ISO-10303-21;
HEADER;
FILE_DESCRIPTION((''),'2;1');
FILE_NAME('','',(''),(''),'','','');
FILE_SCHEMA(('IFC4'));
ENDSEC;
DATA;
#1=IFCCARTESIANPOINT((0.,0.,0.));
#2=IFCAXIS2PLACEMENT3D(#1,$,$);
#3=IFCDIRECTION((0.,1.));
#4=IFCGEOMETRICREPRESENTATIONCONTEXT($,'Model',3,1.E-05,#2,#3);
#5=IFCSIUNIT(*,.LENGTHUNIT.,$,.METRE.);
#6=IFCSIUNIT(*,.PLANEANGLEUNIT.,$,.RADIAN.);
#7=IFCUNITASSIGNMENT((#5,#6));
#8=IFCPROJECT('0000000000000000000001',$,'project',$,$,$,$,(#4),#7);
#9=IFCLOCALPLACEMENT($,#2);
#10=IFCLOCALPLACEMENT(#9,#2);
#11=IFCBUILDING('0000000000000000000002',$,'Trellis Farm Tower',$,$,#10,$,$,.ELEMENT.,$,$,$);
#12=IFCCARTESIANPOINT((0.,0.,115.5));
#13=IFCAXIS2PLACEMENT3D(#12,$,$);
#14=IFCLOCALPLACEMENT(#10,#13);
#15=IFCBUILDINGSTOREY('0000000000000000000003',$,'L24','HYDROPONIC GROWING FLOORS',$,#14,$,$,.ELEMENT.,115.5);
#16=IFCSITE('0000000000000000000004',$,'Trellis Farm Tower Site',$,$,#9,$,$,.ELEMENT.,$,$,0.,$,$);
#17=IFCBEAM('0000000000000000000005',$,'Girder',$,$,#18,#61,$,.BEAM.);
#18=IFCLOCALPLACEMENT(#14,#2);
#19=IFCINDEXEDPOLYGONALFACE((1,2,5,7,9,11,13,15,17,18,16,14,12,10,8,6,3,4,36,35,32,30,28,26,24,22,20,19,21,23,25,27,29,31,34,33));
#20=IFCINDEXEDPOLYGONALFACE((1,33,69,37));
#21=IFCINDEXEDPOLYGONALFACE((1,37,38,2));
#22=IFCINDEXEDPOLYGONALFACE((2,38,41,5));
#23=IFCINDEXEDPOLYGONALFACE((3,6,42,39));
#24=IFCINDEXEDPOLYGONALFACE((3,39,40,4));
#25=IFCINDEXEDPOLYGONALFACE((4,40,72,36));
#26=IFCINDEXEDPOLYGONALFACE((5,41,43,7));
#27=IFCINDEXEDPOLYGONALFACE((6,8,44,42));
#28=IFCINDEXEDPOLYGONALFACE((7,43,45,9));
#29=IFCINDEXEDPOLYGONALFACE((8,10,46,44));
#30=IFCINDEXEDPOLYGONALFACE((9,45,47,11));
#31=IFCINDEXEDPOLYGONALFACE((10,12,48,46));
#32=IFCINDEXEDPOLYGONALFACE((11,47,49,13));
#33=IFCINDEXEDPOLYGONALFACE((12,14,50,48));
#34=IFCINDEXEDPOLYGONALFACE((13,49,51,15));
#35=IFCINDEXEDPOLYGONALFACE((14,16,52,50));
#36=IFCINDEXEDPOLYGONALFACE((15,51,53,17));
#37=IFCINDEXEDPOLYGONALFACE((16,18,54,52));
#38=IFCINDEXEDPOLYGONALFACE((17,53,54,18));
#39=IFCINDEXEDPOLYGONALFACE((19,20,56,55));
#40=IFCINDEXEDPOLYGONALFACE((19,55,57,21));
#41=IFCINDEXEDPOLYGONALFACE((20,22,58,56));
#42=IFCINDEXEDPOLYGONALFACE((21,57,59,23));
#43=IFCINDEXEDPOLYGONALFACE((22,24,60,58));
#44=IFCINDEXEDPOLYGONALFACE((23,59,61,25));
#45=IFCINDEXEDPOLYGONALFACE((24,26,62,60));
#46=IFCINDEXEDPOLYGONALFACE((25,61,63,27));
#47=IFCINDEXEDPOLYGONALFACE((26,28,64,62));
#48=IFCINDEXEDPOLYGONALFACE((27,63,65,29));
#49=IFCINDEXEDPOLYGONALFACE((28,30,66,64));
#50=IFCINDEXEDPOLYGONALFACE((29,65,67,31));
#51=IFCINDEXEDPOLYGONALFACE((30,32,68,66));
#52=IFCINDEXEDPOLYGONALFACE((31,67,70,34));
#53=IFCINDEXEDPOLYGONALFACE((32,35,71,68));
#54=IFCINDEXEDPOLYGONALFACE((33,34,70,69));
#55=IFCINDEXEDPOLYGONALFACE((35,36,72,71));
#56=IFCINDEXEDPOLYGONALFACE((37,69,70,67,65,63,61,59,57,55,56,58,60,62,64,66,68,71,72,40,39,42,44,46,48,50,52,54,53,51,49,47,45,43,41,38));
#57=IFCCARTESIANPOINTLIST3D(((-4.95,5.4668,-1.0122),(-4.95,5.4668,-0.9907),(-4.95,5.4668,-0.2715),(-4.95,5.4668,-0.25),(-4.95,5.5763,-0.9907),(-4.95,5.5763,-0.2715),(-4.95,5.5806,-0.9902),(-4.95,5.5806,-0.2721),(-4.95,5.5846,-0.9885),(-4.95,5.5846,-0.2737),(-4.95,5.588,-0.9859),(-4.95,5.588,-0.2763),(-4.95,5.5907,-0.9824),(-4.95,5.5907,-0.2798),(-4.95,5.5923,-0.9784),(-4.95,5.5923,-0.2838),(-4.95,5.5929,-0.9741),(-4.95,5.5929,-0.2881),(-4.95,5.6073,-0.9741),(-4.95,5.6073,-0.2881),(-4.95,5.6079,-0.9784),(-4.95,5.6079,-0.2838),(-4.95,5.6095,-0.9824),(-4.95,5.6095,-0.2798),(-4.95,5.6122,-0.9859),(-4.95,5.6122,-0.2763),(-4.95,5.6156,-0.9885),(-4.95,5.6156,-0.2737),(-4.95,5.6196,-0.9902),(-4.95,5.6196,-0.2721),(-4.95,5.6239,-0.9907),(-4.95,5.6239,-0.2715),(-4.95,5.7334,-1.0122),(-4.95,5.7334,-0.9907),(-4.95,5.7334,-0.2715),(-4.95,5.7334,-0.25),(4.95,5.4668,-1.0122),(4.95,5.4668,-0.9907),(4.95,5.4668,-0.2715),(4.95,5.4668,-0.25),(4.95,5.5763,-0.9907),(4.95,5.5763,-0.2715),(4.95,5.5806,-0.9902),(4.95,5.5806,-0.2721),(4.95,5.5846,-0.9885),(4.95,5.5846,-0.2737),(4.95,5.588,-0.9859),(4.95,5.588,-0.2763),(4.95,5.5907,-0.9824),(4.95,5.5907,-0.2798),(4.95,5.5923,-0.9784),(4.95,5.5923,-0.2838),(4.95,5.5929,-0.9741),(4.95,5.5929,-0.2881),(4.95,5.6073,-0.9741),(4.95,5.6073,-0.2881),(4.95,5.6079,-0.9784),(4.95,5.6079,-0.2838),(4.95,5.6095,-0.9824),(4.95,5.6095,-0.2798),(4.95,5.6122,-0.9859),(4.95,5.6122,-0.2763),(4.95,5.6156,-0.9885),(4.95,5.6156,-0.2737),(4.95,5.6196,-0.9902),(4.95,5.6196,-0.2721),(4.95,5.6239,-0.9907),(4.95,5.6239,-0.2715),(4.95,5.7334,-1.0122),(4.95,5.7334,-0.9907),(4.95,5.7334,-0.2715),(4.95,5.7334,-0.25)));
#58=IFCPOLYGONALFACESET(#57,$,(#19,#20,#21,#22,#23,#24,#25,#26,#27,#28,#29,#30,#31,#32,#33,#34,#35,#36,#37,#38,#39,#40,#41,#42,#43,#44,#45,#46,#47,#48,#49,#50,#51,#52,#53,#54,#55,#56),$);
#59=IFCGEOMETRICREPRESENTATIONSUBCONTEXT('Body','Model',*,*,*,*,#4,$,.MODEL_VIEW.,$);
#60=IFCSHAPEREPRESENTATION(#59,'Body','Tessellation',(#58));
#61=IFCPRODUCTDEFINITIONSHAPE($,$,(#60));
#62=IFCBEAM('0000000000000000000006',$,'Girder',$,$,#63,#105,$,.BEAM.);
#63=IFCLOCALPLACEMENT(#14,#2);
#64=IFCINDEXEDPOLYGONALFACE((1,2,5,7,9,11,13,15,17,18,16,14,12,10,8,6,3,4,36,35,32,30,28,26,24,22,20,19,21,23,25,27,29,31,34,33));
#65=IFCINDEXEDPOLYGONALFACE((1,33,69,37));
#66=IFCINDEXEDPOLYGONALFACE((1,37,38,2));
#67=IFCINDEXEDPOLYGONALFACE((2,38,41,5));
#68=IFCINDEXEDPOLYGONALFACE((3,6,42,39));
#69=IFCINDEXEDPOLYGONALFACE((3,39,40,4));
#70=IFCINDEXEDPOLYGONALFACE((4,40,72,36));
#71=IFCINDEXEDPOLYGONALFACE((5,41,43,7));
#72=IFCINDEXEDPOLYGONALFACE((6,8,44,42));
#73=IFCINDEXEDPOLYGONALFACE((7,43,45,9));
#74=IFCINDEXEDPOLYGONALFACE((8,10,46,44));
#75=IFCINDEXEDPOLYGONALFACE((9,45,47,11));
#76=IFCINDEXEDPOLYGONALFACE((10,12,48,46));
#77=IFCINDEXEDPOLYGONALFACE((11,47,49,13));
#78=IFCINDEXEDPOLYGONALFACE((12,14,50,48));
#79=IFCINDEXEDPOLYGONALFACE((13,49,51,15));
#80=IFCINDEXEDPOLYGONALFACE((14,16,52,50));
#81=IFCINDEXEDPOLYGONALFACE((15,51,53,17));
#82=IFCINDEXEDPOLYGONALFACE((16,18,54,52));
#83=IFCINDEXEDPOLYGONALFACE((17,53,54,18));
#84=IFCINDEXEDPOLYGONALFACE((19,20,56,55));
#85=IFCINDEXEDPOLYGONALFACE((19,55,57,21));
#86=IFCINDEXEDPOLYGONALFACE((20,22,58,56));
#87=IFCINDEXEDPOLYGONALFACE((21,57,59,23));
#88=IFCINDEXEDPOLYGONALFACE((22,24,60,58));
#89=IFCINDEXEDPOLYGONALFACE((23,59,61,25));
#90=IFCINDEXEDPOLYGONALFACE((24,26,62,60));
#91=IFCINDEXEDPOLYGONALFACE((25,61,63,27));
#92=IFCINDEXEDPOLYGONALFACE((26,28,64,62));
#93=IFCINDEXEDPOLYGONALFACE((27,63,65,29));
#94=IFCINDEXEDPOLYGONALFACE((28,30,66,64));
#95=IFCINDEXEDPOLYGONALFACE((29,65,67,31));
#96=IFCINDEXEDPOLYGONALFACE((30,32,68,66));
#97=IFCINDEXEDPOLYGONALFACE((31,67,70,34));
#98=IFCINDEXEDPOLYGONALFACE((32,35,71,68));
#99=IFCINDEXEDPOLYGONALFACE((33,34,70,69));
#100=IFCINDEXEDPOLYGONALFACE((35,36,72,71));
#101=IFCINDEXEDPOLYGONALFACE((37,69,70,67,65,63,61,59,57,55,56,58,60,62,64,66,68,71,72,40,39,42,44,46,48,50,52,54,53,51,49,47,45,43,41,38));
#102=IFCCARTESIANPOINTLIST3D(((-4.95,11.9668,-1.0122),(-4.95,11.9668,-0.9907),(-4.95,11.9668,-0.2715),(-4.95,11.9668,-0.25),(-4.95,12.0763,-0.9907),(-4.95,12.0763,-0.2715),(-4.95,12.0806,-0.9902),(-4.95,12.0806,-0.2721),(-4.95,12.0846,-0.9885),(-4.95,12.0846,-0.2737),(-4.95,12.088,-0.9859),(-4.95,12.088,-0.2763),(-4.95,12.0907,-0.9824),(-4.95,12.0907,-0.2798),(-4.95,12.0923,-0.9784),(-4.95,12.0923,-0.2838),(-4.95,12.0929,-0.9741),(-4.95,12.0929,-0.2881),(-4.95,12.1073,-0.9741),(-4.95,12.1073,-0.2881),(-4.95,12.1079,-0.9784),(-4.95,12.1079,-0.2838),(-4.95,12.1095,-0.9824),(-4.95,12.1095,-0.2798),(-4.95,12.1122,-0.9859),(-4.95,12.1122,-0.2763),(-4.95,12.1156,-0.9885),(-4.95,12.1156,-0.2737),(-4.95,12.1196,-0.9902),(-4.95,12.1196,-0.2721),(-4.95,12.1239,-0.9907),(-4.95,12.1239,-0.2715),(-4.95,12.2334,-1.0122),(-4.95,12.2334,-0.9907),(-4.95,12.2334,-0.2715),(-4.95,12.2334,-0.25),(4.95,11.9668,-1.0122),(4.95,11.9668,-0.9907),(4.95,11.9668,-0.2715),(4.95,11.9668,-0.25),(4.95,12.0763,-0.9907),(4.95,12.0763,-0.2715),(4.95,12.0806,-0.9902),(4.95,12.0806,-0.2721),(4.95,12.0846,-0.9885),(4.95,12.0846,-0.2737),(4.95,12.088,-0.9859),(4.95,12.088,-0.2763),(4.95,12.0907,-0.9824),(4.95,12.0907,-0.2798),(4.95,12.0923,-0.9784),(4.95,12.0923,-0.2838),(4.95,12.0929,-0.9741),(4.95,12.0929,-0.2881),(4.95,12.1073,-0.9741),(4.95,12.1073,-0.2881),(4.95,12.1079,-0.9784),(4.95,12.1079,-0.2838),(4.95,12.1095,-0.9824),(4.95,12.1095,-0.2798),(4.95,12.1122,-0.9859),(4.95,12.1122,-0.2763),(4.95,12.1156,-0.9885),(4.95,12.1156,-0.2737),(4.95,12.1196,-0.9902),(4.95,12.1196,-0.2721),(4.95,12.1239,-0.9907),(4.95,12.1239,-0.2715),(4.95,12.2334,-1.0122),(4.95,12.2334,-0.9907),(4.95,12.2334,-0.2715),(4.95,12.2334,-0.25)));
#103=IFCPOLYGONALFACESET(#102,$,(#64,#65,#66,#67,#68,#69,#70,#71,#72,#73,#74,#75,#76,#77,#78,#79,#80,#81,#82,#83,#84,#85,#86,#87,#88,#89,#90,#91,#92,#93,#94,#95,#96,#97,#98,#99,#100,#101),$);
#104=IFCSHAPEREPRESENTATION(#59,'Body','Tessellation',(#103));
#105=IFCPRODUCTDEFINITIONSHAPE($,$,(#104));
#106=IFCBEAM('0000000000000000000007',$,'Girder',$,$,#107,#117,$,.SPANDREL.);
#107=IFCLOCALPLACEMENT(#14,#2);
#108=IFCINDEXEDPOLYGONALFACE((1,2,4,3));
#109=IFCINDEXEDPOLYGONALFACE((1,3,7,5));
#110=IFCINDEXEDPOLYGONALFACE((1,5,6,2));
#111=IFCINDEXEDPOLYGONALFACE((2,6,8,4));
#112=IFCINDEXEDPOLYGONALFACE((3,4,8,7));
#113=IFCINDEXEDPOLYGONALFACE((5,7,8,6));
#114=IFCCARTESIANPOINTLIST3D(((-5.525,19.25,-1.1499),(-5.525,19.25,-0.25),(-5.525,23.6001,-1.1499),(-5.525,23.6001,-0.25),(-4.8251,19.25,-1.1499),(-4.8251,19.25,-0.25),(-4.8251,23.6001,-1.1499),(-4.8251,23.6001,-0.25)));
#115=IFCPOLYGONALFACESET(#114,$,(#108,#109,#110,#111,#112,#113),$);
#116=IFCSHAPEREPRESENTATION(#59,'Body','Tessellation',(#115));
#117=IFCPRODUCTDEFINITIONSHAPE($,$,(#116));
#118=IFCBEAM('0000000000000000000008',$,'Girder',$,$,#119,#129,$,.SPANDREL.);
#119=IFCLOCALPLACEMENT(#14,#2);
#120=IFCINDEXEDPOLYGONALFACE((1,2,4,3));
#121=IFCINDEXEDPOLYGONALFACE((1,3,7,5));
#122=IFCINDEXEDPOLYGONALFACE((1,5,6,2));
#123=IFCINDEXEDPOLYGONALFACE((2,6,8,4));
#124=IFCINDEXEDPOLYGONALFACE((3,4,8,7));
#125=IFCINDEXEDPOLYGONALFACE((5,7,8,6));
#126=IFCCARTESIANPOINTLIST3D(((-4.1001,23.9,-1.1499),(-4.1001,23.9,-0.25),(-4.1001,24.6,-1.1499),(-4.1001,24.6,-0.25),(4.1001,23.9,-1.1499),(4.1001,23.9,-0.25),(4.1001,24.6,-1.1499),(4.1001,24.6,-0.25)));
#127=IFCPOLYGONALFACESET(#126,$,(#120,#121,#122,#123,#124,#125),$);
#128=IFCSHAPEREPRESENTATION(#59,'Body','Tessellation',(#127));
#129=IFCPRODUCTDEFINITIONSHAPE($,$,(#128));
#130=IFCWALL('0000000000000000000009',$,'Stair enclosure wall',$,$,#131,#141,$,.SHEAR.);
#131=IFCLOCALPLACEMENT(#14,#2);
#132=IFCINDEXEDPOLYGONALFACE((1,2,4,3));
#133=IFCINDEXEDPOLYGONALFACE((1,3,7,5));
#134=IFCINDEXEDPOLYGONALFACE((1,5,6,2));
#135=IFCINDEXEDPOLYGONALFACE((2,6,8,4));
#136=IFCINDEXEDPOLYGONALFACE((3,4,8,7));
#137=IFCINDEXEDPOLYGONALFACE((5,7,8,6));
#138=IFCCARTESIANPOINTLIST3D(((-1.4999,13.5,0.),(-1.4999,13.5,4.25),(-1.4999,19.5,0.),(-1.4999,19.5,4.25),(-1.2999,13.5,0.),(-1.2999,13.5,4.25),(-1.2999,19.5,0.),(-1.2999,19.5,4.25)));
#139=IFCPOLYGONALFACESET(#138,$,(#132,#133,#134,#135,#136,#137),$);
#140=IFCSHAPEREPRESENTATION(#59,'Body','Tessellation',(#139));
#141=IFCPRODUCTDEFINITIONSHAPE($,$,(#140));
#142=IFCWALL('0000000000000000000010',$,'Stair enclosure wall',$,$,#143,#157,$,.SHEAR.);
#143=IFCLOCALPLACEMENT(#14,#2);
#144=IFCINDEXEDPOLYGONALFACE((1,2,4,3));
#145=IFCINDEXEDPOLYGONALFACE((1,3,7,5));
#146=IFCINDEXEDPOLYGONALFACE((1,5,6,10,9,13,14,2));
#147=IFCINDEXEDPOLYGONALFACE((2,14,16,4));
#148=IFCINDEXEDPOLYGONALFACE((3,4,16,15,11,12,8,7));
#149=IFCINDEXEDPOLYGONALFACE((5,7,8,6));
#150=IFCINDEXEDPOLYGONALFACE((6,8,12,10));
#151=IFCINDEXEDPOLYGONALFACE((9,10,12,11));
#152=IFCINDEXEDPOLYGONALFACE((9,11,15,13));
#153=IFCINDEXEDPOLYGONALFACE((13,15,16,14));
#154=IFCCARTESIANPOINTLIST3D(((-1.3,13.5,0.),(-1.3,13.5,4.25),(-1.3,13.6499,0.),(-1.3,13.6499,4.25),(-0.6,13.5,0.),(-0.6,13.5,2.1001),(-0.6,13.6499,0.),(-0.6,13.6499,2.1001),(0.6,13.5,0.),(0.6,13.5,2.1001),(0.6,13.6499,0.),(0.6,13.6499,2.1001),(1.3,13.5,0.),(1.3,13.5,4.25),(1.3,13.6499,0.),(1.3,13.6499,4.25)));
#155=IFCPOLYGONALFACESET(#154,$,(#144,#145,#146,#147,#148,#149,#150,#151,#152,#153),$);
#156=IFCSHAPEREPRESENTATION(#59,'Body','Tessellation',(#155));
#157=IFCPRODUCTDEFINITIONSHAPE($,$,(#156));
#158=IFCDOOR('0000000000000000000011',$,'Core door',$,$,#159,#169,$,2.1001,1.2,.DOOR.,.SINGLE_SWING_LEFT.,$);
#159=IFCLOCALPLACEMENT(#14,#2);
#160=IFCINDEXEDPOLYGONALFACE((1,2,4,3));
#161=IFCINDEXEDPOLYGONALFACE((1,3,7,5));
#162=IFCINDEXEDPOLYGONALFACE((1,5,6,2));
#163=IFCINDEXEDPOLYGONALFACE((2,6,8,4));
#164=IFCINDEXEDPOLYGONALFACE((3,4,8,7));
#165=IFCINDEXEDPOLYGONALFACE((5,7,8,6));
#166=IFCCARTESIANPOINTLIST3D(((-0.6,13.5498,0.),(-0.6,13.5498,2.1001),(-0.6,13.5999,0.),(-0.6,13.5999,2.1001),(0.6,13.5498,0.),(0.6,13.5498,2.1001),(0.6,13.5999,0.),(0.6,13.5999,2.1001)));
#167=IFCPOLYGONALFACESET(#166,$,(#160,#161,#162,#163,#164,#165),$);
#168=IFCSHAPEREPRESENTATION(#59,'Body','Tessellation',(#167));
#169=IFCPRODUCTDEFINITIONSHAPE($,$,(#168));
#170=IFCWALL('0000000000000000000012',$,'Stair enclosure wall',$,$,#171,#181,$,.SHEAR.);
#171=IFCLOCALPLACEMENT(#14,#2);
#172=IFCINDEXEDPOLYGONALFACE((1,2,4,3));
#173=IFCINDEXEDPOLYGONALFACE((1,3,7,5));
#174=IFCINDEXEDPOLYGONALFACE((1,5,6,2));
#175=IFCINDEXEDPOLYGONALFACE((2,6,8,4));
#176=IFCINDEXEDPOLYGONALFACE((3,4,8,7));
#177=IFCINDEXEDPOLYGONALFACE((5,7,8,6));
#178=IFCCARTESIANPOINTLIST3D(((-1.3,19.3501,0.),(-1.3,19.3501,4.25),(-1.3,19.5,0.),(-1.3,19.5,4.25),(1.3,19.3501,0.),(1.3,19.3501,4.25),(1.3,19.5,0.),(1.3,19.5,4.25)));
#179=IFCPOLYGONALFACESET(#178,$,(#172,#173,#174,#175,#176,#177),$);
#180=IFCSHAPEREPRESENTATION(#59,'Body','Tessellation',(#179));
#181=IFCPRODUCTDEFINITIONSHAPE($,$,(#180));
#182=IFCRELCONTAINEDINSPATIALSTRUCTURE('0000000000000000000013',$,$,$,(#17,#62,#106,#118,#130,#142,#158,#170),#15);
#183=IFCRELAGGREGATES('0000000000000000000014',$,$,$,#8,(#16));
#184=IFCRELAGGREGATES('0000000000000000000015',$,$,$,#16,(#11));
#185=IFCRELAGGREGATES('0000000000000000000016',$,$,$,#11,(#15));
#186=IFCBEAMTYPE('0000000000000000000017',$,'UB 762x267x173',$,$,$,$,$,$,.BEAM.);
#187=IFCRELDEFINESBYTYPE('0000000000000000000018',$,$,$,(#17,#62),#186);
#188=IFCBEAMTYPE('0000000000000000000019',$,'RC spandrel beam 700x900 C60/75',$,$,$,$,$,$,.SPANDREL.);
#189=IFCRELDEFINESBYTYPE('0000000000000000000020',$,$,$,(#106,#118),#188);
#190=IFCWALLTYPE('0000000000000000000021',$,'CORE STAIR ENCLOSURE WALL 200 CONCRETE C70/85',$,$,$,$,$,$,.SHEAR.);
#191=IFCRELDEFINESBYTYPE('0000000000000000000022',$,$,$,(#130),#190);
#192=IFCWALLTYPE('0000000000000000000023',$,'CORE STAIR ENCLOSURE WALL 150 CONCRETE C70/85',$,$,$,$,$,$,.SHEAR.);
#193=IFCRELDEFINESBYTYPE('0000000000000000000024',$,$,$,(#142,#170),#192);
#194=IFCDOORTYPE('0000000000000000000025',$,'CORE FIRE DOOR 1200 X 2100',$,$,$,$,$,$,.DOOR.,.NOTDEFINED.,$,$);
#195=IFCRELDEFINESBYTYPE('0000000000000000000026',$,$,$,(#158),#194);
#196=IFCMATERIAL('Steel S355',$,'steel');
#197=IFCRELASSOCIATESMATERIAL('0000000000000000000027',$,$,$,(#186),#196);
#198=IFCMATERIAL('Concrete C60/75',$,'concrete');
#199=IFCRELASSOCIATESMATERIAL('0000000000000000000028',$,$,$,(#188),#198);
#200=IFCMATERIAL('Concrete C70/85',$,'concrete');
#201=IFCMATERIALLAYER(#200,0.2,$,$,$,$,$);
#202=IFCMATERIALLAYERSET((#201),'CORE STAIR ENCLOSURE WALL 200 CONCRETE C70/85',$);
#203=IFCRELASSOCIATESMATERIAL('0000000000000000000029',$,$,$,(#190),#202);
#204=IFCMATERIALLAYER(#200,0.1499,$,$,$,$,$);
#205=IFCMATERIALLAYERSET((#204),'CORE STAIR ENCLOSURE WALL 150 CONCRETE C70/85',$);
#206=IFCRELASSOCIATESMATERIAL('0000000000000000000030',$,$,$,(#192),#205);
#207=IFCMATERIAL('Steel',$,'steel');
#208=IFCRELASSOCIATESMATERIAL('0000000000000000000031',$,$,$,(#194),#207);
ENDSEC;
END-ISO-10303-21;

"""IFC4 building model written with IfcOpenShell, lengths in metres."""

from ifc_helpers import new_model, si_unit, direction, frame, frame_2d, origin, origin_2d, place, context, subcontext, project, spatial, rectangle, i_section, extrude, source, transform, mapped, material, layer, layer_set, material_profile, profile_set, type_object, element, fill, save


model = new_model("IFC4")

# Units and contexts
model_context = context("Model", 3, precision=1e-05, world=origin(), true_north=direction((0.0, 1.0)))
body_context = subcontext(model_context, "Body", "Model", "MODEL_VIEW")
ifc_project = project(units=[si_unit("LENGTHUNIT", "METRE"), si_unit("PLANEANGLEUNIT", "RADIAN")], contexts=[model_context])

# Site, building, storey
site_placement = place(None, origin())
site = spatial("IfcSite", under=ifc_project, at=site_placement, Name="Trellis Farm Tower Site", CompositionType="ELEMENT", RefElevation=0.0)
building_placement = place(site_placement, origin())
building = spatial("IfcBuilding", under=site, at=building_placement, Name="Trellis Farm Tower", CompositionType="ELEMENT")
storey_placement = place(building_placement, frame((0.0, 0.0, 115.5)))
storey = spatial("IfcBuildingStorey", under=building, at=storey_placement, Name="L24", Description="HYDROPONIC GROWING FLOORS", CompositionType="ELEMENT", Elevation=115.5)

# Beams
ifc_material_1 = material(Name="Steel S355", Category="steel")
ifc_material_profile_1 = material_profile(ifc_material_1, i_section(OverallWidth=0.2666, OverallDepth=0.7622, WebThickness=0.0144, FlangeThickness=0.0215, FilletRadius=0.0166, at=origin_2d()), Name="UB 762x267x173")
ifc_profile_set_1 = profile_set([ifc_material_profile_1], Name="Steel S355")
beam_type_1 = type_object("IfcBeamType", Name="UB 762x267x173", PredefinedType="BEAM", material=ifc_profile_set_1)
shared_shape_1 = source(origin(), body_context, "Body", "SweptSolid", [
    extrude(i_section(OverallWidth=0.2666, OverallDepth=0.7622, WebThickness=0.0144, FlangeThickness=0.0215, FilletRadius=0.0166, at=origin_2d()), origin(), (0.0, 0.0, 1.0), 9.8999),
])
for number, where, z_axis, x_axis, name in (
    (1, (-4.95, 5.6001, -0.6311), (1.0, 0.0, 0.0), (0.0, 1.0, 0.0), "Girder"),
    (2, (-4.95, 12.1001, -0.6311), (1.0, 0.0, 0.0), (0.0, 1.0, 0.0), "Girder"),
):
    element("IfcBeam", number, at=place(storey_placement, frame(where, z_axis=z_axis, x_axis=x_axis)), inside=storey, type_object=beam_type_1, Name=name, PredefinedType="BEAM", context=body_context, shape_type="MappedRepresentation", body=[
        mapped(shared_shape_1, transform((0.0, 0.0, 0.0))),
    ])
ifc_material_2 = material(Name="Concrete C60/75", Category="concrete")
ifc_material_profile_2 = material_profile(ifc_material_2, rectangle(XDim=0.7, YDim=0.8999, at=origin_2d()), Name="RC spandrel beam 700x900 C60/75")
ifc_profile_set_2 = profile_set([ifc_material_profile_2], Name="Concrete C60/75")
beam_type_2 = type_object("IfcBeamType", Name="RC spandrel beam 700x900 C60/75", PredefinedType="SPANDREL", material=ifc_profile_set_2)
shared_shape_2 = source(origin(), body_context, "Body", "SweptSolid", [
    extrude(rectangle(XDim=0.7, YDim=0.8999, at=origin_2d()), origin(), (0.0, 0.0, 1.0), 4.3501),
])
beam_1_placement = place(storey_placement, frame((-5.175, 19.25, -0.7), z_axis=(0.0, 1.0, 0.0), x_axis=(-1.0, 0.0, 0.0)))
element("IfcBeam", 3, at=beam_1_placement, inside=storey, type_object=beam_type_2, Name="Girder", PredefinedType="SPANDREL", context=body_context, shape_type="MappedRepresentation", body=[
    mapped(shared_shape_2, transform((0.0, 0.0, 0.0))),
])
shared_shape_3 = source(origin(), body_context, "Body", "SweptSolid", [
    extrude(rectangle(XDim=0.7, YDim=0.8999, at=origin_2d()), origin(), (0.0, 0.0, 1.0), 8.2002),
])
beam_2_placement = place(storey_placement, frame((-4.1001, 24.25, -0.7), z_axis=(1.0, 0.0, 0.0), x_axis=(0.0, 1.0, 0.0)))
element("IfcBeam", 4, at=beam_2_placement, inside=storey, type_object=beam_type_2, Name="Girder", PredefinedType="SPANDREL", context=body_context, shape_type="MappedRepresentation", body=[
    mapped(shared_shape_3, transform((0.0, 0.0, 0.0))),
])

# Wall
ifc_material_3 = material(Name="Concrete C70/85", Category="concrete")
ifc_layer_1 = layer(ifc_material_3, 0.2)
ifc_layer_set_1 = layer_set([ifc_layer_1], Name="CORE STAIR ENCLOSURE WALL 200 CONCRETE C70/85")
wall_type_1 = type_object("IfcWallType", Name="CORE STAIR ENCLOSURE WALL 200 CONCRETE C70/85", PredefinedType="SHEAR", material=ifc_layer_set_1)
shared_shape_4 = source(origin(), body_context, "Body", "SweptSolid", [
    extrude(rectangle(XDim=6.0, YDim=0.2, at=frame_2d((3.0, 0.0))), origin(), (0.0, 0.0, 1.0), 4.25),
])
wall_1_placement = place(storey_placement, frame((-1.3999, 13.5, 0.0), z_axis=(0.0, 0.0, 1.0), x_axis=(0.0, 1.0, 0.0)))
element("IfcWall", 5, at=wall_1_placement, inside=storey, type_object=wall_type_1, Name="Stair enclosure wall", PredefinedType="SHEAR", context=body_context, shape_type="MappedRepresentation", body=[
    mapped(shared_shape_4, transform((0.0, 0.0, 0.0))),
])

# Wall, opening, door
ifc_layer_2 = layer(ifc_material_3, 0.1499)
ifc_layer_set_2 = layer_set([ifc_layer_2], Name="CORE STAIR ENCLOSURE WALL 150 CONCRETE C70/85")
wall_type_2 = type_object("IfcWallType", Name="CORE STAIR ENCLOSURE WALL 150 CONCRETE C70/85", PredefinedType="SHEAR", material=ifc_layer_set_2)
shared_shape_5 = source(origin(), body_context, "Body", "SweptSolid", [
    extrude(rectangle(XDim=2.6001, YDim=0.1499, at=frame_2d((1.3, 0.0))), origin(), (0.0, 0.0, 1.0), 4.25),
])
wall_2_placement = place(storey_placement, frame((-1.3, 13.575, 0.0), z_axis=(0.0, 0.0, 1.0), x_axis=(1.0, 0.0, 0.0)))
wall_2 = element("IfcWall", 6, at=wall_2_placement, inside=storey, type_object=wall_type_2, Name="Stair enclosure wall", PredefinedType="SHEAR", context=body_context, shape_type="MappedRepresentation", body=[
    mapped(shared_shape_5, transform((0.0, 0.0, 0.0))),
])
shared_shape_6 = source(origin(), body_context, "Body", "SweptSolid", [
    extrude(rectangle(XDim=1.2, YDim=2.1001, at=frame_2d((0.6001, 1.05))), frame((0.0, 0.085, 0.0), z_axis=(0.0, -1.0, 0.0), x_axis=(1.0, 0.0, 0.0)), (0.0, 0.0, 1.0), 0.1699),
])
opening_1_placement = place(wall_2_placement, frame((0.7, 0.0, 0.0)))
opening_1 = element("IfcOpeningElement", 7, at=opening_1_placement, cuts=wall_2, PredefinedType="OPENING", context=body_context, shape_type="MappedRepresentation", body=[
    mapped(shared_shape_6, transform((0.0, 0.0, 0.0))),
])
ifc_material_4 = material(Name="Steel", Category="steel")
door_type_1 = type_object("IfcDoorType", Name="CORE FIRE DOOR 1200 X 2100", OperationType="NOTDEFINED", PredefinedType="DOOR", material=ifc_material_4)
shared_shape_7 = source(origin(), body_context, "Body", "SweptSolid", [
    extrude(rectangle(XDim=1.2, YDim=2.1001, at=frame_2d((0.6001, 1.05))), frame((0.0, 0.0249, 0.0), z_axis=(0.0, -1.0, 0.0), x_axis=(1.0, 0.0, 0.0)), (0.0, 0.0, 1.0), 0.05),
])
door_1_placement = place(opening_1_placement, origin())
door_1 = element("IfcDoor", 8, at=door_1_placement, inside=storey, type_object=door_type_1, Name="Core door", OperationType="SINGLE_SWING_LEFT", OverallHeight=2.1001, OverallWidth=1.2, PredefinedType="DOOR", context=body_context, shape_type="MappedRepresentation", body=[
    mapped(shared_shape_7, transform((0.0, 0.0, 0.0))),
])
fill(opening_1, door_1)

# Wall
wall_3_placement = place(storey_placement, frame((-1.3, 19.425, 0.0), z_axis=(0.0, 0.0, 1.0), x_axis=(1.0, 0.0, 0.0)))
element("IfcWall", 9, at=wall_3_placement, inside=storey, type_object=wall_type_2, Name="Stair enclosure wall", PredefinedType="SHEAR", context=body_context, shape_type="MappedRepresentation", body=[
    mapped(shared_shape_5, transform((0.0, 0.0, 0.0))),
])

save(model, "model.ifc")
